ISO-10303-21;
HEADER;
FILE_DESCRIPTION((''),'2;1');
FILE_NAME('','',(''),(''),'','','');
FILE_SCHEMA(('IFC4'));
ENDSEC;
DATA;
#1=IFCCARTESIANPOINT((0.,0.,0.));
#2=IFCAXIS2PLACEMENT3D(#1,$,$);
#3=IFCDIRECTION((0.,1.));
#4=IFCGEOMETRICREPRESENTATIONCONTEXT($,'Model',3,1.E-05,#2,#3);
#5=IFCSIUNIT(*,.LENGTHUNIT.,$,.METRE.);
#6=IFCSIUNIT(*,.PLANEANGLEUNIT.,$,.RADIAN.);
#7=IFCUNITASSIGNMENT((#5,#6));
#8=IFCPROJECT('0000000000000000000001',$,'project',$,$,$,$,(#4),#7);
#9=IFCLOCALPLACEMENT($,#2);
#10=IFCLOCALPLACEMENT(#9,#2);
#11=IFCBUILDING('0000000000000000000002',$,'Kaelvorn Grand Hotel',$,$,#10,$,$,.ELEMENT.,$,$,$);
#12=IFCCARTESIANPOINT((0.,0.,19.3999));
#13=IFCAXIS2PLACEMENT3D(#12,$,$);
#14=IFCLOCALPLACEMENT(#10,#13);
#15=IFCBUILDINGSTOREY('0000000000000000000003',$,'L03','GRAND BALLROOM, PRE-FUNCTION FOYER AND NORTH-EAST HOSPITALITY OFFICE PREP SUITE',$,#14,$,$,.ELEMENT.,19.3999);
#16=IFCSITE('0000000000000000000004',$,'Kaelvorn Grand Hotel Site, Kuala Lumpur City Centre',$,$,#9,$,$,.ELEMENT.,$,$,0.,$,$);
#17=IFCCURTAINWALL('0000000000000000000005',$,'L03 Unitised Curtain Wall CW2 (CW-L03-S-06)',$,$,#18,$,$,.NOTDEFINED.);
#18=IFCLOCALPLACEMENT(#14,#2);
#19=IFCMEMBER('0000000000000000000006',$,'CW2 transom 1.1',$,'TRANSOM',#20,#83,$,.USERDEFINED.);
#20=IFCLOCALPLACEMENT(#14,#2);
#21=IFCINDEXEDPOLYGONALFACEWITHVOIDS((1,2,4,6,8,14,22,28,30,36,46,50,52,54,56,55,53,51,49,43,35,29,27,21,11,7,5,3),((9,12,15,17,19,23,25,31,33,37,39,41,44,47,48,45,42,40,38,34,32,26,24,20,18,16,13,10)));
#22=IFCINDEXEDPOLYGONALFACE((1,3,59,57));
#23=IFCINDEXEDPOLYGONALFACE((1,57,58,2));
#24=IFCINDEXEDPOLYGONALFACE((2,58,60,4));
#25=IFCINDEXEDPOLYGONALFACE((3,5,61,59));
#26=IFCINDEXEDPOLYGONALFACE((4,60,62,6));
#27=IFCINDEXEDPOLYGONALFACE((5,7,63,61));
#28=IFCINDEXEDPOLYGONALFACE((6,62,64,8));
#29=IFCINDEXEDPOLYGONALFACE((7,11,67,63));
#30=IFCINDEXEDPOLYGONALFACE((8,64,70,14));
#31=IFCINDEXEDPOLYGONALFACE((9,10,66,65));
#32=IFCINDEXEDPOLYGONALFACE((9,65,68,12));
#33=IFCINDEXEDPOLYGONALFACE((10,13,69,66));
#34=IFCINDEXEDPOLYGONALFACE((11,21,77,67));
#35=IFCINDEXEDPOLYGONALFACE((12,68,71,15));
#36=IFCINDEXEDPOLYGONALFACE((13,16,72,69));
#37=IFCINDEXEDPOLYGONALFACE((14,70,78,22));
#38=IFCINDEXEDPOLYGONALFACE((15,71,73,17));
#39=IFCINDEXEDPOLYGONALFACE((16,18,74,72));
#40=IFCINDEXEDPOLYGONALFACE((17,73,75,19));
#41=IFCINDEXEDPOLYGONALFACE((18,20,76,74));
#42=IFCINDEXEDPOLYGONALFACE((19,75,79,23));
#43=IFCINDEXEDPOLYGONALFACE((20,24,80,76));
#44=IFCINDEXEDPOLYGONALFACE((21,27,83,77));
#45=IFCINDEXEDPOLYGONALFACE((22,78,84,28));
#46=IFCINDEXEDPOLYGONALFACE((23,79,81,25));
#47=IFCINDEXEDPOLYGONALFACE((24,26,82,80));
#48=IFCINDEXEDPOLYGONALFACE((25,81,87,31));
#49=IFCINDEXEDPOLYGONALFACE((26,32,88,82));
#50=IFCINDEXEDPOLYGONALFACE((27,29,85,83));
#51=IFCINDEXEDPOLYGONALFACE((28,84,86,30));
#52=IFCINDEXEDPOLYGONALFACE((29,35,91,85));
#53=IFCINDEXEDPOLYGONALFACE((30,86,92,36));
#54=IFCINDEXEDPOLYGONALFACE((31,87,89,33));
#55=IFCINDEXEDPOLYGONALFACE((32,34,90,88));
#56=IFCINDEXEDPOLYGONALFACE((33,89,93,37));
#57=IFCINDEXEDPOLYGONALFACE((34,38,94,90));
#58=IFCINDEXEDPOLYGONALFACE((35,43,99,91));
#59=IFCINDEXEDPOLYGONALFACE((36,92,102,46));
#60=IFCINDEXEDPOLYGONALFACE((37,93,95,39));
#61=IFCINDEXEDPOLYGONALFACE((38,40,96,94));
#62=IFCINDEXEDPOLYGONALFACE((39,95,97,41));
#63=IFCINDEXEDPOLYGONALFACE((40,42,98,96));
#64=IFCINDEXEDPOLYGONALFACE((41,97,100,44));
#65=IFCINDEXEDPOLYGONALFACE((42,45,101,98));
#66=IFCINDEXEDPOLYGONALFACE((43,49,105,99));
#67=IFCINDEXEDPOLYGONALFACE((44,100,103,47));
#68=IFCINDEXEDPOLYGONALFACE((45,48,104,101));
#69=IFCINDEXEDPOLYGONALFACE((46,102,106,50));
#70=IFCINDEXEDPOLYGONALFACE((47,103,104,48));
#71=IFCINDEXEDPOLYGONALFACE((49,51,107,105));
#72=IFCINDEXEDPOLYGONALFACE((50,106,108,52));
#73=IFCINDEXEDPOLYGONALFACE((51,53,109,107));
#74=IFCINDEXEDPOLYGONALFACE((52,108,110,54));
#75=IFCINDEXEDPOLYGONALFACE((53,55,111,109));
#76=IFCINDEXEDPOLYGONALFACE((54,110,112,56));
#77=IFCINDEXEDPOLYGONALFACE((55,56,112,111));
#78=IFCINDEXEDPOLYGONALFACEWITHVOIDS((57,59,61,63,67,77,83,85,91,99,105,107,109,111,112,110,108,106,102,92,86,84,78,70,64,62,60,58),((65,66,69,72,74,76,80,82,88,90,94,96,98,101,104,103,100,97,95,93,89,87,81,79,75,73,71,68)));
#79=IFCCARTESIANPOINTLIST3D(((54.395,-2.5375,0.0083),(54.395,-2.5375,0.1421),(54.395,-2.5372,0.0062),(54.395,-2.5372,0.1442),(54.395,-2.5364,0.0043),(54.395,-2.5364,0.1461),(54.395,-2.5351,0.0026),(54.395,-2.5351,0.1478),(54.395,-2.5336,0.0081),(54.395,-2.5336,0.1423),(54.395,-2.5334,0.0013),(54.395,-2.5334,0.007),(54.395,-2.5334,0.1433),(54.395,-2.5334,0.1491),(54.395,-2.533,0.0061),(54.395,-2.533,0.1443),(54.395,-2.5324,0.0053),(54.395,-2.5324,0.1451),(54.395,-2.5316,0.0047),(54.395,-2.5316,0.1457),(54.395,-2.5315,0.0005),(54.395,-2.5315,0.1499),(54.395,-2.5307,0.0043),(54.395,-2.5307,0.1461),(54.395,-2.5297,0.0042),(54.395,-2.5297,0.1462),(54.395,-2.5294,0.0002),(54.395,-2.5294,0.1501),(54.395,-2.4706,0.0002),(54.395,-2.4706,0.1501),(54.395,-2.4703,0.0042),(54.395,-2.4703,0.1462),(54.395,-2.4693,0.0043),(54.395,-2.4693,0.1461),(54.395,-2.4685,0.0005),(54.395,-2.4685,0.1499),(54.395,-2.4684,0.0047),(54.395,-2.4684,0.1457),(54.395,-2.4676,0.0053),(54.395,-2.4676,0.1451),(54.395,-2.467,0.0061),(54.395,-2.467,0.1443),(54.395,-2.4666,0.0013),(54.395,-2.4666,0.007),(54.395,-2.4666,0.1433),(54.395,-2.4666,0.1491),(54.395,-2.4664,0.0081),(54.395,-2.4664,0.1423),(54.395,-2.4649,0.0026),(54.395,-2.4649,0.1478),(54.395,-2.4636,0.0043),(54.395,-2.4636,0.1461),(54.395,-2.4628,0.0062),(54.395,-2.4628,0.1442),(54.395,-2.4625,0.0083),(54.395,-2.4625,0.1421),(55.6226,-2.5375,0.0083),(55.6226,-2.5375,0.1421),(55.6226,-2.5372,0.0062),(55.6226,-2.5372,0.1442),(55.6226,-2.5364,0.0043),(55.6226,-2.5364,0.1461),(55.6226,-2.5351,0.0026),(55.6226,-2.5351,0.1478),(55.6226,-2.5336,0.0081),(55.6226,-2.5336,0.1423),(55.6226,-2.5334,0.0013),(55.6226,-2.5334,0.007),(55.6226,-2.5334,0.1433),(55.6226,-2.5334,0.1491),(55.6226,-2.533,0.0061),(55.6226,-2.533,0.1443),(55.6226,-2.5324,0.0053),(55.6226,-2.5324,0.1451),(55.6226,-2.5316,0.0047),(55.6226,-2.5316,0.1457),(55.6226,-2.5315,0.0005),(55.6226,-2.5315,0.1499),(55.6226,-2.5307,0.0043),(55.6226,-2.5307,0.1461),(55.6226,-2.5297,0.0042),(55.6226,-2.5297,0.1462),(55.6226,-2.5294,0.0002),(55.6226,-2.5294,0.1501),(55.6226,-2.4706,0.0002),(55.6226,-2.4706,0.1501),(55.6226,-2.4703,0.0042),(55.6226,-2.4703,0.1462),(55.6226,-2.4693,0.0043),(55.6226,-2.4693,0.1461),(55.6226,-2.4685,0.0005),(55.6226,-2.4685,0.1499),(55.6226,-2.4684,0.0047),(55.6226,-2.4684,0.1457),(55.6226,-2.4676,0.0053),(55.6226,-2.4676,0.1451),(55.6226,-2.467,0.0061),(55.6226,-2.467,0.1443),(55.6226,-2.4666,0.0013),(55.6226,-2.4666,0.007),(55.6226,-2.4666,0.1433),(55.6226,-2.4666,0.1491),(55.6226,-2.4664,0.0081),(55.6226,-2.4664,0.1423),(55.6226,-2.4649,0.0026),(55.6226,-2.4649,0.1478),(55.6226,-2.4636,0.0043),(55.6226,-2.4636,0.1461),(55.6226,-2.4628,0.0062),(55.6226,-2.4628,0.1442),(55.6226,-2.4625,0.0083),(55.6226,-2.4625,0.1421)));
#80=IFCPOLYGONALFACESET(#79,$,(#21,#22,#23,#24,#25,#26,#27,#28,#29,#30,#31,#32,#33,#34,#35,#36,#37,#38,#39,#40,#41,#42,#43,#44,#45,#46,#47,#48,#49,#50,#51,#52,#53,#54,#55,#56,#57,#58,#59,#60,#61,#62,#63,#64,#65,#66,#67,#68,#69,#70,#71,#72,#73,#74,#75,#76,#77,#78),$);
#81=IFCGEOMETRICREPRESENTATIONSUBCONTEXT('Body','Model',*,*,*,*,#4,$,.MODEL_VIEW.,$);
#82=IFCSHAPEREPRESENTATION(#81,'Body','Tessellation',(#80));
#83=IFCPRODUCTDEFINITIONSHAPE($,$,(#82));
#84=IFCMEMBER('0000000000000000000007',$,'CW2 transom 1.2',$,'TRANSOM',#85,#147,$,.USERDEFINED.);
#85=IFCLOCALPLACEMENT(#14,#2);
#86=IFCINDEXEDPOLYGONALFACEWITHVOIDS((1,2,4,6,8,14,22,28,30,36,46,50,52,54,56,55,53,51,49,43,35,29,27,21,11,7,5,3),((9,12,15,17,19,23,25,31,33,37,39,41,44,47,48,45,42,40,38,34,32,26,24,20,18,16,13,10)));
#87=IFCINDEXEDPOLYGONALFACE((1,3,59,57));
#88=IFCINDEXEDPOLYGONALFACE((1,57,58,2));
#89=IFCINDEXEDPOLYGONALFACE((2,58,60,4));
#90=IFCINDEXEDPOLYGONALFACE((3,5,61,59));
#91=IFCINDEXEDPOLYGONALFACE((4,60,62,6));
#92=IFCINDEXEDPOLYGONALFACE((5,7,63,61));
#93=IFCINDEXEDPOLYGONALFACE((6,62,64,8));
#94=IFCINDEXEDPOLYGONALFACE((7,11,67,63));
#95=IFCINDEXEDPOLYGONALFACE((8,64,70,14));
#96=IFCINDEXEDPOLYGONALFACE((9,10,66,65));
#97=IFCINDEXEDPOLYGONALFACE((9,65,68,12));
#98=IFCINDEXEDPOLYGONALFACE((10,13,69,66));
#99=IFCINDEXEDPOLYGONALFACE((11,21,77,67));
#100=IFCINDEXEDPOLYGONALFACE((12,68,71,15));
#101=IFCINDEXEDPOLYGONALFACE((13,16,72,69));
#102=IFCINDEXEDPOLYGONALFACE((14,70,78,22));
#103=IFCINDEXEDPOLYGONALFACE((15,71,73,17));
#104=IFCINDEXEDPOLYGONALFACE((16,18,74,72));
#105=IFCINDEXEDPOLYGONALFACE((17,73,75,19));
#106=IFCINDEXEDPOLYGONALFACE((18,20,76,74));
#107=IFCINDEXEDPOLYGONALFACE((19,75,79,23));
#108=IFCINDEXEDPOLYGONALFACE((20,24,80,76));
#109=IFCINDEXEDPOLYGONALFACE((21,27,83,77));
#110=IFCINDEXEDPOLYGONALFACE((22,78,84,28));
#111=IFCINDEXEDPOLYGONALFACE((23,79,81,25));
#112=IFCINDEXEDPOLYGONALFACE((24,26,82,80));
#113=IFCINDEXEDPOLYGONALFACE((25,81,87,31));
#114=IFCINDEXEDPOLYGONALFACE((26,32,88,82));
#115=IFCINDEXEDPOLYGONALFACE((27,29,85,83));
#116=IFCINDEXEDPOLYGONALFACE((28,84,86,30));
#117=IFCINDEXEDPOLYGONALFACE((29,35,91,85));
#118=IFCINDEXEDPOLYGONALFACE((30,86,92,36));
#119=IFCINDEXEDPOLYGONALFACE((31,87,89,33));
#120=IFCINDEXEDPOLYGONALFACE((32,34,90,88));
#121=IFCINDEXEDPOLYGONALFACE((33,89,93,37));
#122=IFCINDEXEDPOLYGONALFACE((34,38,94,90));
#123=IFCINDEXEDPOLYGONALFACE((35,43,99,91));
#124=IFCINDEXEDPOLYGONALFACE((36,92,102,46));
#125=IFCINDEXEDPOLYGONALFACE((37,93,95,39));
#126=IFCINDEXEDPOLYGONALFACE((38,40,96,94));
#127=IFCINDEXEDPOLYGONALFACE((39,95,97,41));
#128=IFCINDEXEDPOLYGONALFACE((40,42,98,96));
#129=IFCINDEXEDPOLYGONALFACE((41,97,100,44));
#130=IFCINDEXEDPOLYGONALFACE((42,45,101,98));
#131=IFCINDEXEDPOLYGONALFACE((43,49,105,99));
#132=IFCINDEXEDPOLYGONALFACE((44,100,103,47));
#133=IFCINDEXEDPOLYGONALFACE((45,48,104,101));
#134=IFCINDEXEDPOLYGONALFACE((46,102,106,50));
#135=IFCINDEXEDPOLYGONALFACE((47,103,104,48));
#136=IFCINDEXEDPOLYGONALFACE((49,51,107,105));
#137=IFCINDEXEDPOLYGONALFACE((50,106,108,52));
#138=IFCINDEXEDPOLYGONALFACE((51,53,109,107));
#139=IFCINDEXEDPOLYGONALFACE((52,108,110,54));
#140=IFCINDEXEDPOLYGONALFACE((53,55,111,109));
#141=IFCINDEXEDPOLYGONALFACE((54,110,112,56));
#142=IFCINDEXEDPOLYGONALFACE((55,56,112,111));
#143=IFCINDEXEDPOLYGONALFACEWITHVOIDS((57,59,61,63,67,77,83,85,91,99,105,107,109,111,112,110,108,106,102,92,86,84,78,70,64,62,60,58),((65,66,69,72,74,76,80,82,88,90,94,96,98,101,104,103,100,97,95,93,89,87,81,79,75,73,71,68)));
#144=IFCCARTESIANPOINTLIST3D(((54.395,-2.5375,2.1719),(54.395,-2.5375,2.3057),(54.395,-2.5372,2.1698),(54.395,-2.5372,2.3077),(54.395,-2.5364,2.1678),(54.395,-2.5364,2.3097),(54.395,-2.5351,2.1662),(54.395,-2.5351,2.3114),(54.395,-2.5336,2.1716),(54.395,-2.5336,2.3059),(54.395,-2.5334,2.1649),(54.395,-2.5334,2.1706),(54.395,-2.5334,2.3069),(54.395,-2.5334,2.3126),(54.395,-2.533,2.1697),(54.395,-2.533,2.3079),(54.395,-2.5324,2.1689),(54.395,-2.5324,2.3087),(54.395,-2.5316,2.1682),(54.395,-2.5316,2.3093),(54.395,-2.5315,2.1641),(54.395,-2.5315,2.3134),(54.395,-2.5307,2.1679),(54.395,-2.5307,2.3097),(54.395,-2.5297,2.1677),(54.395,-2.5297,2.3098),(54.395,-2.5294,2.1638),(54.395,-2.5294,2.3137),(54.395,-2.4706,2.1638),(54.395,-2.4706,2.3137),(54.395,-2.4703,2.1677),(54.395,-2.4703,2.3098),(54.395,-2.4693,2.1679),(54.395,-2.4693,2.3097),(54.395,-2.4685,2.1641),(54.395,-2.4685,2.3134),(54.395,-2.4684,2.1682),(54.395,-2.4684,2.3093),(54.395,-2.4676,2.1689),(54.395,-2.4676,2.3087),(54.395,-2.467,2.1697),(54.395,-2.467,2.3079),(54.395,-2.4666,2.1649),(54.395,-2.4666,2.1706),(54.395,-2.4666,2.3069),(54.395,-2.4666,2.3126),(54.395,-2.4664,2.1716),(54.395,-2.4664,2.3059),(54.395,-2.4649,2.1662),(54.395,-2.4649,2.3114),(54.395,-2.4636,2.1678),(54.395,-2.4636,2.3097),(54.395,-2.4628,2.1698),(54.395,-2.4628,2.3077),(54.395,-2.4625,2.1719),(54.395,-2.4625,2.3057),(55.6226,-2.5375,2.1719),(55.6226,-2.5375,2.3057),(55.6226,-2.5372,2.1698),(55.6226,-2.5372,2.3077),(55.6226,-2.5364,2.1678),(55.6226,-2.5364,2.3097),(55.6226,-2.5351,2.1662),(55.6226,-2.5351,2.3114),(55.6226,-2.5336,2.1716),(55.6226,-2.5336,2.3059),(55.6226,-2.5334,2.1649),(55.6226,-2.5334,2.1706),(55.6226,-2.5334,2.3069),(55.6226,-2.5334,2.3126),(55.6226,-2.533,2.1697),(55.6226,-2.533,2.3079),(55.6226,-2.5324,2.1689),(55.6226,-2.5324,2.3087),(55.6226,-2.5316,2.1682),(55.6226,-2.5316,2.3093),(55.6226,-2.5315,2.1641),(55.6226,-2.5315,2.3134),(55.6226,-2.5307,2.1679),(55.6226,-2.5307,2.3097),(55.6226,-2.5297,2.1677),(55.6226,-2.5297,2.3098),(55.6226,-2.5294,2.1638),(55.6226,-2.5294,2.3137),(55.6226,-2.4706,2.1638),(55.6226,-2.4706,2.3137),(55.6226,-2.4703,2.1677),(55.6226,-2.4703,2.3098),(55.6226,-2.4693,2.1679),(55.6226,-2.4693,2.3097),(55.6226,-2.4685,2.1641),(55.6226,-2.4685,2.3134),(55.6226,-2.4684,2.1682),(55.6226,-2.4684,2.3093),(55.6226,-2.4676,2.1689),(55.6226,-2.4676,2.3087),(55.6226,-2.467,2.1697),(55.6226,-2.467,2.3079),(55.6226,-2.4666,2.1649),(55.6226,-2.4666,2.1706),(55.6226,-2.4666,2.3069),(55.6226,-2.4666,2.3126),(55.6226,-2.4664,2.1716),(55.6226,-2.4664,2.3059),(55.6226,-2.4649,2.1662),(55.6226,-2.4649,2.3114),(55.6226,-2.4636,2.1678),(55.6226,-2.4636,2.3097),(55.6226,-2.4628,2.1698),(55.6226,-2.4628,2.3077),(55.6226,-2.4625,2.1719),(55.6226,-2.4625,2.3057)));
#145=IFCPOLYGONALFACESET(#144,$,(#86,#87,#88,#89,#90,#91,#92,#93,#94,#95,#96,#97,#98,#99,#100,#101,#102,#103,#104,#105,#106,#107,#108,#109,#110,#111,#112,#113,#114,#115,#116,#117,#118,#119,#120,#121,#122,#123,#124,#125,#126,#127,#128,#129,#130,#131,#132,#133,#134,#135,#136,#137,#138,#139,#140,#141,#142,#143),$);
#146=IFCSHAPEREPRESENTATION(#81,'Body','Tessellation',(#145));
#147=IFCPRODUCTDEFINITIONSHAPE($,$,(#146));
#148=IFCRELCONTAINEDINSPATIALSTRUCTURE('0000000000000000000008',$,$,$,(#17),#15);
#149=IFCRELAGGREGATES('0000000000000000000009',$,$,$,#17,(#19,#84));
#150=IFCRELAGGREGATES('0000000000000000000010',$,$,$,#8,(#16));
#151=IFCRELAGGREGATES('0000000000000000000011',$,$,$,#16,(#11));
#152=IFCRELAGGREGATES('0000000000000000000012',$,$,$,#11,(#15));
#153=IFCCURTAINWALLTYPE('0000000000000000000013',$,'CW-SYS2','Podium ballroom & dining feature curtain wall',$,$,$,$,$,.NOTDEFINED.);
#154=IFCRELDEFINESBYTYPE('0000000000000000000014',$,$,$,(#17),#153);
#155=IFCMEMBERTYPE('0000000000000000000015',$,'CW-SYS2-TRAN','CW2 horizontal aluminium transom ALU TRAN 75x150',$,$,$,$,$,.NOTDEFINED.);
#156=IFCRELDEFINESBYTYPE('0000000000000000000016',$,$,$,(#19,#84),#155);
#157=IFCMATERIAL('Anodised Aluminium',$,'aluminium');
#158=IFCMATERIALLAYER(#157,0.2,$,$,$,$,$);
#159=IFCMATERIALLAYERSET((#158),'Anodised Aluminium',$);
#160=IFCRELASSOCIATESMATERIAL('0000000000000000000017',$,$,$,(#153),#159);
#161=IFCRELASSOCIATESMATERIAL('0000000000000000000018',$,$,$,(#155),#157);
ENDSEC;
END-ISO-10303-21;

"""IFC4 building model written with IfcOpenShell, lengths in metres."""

from ifc_helpers import new_model, si_unit, direction, frame, origin, origin_2d, place, context, subcontext, project, spatial, hollow_rectangle, extrude, material, layer, layer_set, material_profile, profile_set, type_object, element, aggregate, save


model = new_model("IFC4")

# Units and contexts
model_context = context("Model", 3, precision=1e-05, world=origin(), true_north=direction((0.0, 1.0)))
body_context = subcontext(model_context, "Body", "Model", "MODEL_VIEW")
ifc_project = project(units=[si_unit("LENGTHUNIT", "METRE"), si_unit("PLANEANGLEUNIT", "RADIAN")], contexts=[model_context])

# Site, building, storey
site_placement = place(None, origin())
site = spatial("IfcSite", under=ifc_project, at=site_placement, Name="Kaelvorn Grand Hotel Site, Kuala Lumpur City Centre", CompositionType="ELEMENT", RefElevation=0.0)
building_placement = place(site_placement, origin())
building = spatial("IfcBuilding", under=site, at=building_placement, Name="Kaelvorn Grand Hotel", CompositionType="ELEMENT")
storey_placement = place(building_placement, frame((0.0, 0.0, 19.3999)))
storey = spatial("IfcBuildingStorey", under=building, at=storey_placement, Name="L03", Description="GRAND BALLROOM, PRE-FUNCTION FOYER AND NORTH-EAST HOSPITALITY OFFICE PREP SUITE", CompositionType="ELEMENT", Elevation=19.3999)

# Shared definitions
ifc_material_1 = material(Name="Anodised Aluminium", Category="aluminium")
ifc_layer_1 = layer(ifc_material_1, 0.2)
ifc_layer_set_1 = layer_set([ifc_layer_1], Name="Anodised Aluminium")
curtain_wall_type = type_object("IfcCurtainWallType", Name="CW-SYS2", Description="Podium ballroom & dining feature curtain wall", PredefinedType="NOTDEFINED", material=ifc_layer_set_1)

# Curtain wall, members
curtain_wall_1_placement = place(storey_placement, origin())
curtain_wall_1 = element("IfcCurtainWall", 1, at=curtain_wall_1_placement, inside=storey, type_object=curtain_wall_type, Name="L03 Unitised Curtain Wall CW2 (CW-L03-S-06)", PredefinedType="NOTDEFINED")
ifc_material_profile_1 = material_profile(ifc_material_1, hollow_rectangle(XDim=0.075, YDim=0.1499, WallThickness=0.0039, InnerFilletRadius=0.0039, OuterFilletRadius=0.0081, at=origin_2d()), Name="ALU TRAN 75x150")
ifc_profile_set_1 = profile_set([ifc_material_profile_1], Name="Anodised Aluminium")
member_type_1 = type_object("IfcMemberType", Name="CW-SYS2-TRAN", Description="CW2 horizontal aluminium transom ALU TRAN 75x150", PredefinedType="NOTDEFINED", material=ifc_profile_set_1)
member_1_placement = place(storey_placement, frame((54.395, -2.5, 0.0752), z_axis=(1.0, 0.0, 0.0), x_axis=(0.0, 1.0, 0.0)))
member_1 = element("IfcMember", 2, at=member_1_placement, type_object=member_type_1, Name="CW2 transom 1.1", ObjectType="TRANSOM", PredefinedType="USERDEFINED", context=body_context, shape_type="SweptSolid", body=[
    extrude(hollow_rectangle(XDim=0.075, YDim=0.1499, WallThickness=0.0039, InnerFilletRadius=0.0039, OuterFilletRadius=0.0081, at=origin_2d()), origin(), (0.0, 0.0, 1.0), 1.2275),
])
member_2_placement = place(storey_placement, frame((54.395, -2.5, 2.2388), z_axis=(1.0, 0.0, 0.0), x_axis=(0.0, 1.0, 0.0)))
member_2 = element("IfcMember", 3, at=member_2_placement, type_object=member_type_1, Name="CW2 transom 1.2", ObjectType="TRANSOM", PredefinedType="USERDEFINED", context=body_context, shape_type="SweptSolid", body=[
    extrude(hollow_rectangle(XDim=0.075, YDim=0.1499, WallThickness=0.0039, InnerFilletRadius=0.0039, OuterFilletRadius=0.0081, at=origin_2d()), origin(), (0.0, 0.0, 1.0), 1.2275),
])

aggregate(curtain_wall_1, [member_1, member_2])

save(model, "model.ifc")
